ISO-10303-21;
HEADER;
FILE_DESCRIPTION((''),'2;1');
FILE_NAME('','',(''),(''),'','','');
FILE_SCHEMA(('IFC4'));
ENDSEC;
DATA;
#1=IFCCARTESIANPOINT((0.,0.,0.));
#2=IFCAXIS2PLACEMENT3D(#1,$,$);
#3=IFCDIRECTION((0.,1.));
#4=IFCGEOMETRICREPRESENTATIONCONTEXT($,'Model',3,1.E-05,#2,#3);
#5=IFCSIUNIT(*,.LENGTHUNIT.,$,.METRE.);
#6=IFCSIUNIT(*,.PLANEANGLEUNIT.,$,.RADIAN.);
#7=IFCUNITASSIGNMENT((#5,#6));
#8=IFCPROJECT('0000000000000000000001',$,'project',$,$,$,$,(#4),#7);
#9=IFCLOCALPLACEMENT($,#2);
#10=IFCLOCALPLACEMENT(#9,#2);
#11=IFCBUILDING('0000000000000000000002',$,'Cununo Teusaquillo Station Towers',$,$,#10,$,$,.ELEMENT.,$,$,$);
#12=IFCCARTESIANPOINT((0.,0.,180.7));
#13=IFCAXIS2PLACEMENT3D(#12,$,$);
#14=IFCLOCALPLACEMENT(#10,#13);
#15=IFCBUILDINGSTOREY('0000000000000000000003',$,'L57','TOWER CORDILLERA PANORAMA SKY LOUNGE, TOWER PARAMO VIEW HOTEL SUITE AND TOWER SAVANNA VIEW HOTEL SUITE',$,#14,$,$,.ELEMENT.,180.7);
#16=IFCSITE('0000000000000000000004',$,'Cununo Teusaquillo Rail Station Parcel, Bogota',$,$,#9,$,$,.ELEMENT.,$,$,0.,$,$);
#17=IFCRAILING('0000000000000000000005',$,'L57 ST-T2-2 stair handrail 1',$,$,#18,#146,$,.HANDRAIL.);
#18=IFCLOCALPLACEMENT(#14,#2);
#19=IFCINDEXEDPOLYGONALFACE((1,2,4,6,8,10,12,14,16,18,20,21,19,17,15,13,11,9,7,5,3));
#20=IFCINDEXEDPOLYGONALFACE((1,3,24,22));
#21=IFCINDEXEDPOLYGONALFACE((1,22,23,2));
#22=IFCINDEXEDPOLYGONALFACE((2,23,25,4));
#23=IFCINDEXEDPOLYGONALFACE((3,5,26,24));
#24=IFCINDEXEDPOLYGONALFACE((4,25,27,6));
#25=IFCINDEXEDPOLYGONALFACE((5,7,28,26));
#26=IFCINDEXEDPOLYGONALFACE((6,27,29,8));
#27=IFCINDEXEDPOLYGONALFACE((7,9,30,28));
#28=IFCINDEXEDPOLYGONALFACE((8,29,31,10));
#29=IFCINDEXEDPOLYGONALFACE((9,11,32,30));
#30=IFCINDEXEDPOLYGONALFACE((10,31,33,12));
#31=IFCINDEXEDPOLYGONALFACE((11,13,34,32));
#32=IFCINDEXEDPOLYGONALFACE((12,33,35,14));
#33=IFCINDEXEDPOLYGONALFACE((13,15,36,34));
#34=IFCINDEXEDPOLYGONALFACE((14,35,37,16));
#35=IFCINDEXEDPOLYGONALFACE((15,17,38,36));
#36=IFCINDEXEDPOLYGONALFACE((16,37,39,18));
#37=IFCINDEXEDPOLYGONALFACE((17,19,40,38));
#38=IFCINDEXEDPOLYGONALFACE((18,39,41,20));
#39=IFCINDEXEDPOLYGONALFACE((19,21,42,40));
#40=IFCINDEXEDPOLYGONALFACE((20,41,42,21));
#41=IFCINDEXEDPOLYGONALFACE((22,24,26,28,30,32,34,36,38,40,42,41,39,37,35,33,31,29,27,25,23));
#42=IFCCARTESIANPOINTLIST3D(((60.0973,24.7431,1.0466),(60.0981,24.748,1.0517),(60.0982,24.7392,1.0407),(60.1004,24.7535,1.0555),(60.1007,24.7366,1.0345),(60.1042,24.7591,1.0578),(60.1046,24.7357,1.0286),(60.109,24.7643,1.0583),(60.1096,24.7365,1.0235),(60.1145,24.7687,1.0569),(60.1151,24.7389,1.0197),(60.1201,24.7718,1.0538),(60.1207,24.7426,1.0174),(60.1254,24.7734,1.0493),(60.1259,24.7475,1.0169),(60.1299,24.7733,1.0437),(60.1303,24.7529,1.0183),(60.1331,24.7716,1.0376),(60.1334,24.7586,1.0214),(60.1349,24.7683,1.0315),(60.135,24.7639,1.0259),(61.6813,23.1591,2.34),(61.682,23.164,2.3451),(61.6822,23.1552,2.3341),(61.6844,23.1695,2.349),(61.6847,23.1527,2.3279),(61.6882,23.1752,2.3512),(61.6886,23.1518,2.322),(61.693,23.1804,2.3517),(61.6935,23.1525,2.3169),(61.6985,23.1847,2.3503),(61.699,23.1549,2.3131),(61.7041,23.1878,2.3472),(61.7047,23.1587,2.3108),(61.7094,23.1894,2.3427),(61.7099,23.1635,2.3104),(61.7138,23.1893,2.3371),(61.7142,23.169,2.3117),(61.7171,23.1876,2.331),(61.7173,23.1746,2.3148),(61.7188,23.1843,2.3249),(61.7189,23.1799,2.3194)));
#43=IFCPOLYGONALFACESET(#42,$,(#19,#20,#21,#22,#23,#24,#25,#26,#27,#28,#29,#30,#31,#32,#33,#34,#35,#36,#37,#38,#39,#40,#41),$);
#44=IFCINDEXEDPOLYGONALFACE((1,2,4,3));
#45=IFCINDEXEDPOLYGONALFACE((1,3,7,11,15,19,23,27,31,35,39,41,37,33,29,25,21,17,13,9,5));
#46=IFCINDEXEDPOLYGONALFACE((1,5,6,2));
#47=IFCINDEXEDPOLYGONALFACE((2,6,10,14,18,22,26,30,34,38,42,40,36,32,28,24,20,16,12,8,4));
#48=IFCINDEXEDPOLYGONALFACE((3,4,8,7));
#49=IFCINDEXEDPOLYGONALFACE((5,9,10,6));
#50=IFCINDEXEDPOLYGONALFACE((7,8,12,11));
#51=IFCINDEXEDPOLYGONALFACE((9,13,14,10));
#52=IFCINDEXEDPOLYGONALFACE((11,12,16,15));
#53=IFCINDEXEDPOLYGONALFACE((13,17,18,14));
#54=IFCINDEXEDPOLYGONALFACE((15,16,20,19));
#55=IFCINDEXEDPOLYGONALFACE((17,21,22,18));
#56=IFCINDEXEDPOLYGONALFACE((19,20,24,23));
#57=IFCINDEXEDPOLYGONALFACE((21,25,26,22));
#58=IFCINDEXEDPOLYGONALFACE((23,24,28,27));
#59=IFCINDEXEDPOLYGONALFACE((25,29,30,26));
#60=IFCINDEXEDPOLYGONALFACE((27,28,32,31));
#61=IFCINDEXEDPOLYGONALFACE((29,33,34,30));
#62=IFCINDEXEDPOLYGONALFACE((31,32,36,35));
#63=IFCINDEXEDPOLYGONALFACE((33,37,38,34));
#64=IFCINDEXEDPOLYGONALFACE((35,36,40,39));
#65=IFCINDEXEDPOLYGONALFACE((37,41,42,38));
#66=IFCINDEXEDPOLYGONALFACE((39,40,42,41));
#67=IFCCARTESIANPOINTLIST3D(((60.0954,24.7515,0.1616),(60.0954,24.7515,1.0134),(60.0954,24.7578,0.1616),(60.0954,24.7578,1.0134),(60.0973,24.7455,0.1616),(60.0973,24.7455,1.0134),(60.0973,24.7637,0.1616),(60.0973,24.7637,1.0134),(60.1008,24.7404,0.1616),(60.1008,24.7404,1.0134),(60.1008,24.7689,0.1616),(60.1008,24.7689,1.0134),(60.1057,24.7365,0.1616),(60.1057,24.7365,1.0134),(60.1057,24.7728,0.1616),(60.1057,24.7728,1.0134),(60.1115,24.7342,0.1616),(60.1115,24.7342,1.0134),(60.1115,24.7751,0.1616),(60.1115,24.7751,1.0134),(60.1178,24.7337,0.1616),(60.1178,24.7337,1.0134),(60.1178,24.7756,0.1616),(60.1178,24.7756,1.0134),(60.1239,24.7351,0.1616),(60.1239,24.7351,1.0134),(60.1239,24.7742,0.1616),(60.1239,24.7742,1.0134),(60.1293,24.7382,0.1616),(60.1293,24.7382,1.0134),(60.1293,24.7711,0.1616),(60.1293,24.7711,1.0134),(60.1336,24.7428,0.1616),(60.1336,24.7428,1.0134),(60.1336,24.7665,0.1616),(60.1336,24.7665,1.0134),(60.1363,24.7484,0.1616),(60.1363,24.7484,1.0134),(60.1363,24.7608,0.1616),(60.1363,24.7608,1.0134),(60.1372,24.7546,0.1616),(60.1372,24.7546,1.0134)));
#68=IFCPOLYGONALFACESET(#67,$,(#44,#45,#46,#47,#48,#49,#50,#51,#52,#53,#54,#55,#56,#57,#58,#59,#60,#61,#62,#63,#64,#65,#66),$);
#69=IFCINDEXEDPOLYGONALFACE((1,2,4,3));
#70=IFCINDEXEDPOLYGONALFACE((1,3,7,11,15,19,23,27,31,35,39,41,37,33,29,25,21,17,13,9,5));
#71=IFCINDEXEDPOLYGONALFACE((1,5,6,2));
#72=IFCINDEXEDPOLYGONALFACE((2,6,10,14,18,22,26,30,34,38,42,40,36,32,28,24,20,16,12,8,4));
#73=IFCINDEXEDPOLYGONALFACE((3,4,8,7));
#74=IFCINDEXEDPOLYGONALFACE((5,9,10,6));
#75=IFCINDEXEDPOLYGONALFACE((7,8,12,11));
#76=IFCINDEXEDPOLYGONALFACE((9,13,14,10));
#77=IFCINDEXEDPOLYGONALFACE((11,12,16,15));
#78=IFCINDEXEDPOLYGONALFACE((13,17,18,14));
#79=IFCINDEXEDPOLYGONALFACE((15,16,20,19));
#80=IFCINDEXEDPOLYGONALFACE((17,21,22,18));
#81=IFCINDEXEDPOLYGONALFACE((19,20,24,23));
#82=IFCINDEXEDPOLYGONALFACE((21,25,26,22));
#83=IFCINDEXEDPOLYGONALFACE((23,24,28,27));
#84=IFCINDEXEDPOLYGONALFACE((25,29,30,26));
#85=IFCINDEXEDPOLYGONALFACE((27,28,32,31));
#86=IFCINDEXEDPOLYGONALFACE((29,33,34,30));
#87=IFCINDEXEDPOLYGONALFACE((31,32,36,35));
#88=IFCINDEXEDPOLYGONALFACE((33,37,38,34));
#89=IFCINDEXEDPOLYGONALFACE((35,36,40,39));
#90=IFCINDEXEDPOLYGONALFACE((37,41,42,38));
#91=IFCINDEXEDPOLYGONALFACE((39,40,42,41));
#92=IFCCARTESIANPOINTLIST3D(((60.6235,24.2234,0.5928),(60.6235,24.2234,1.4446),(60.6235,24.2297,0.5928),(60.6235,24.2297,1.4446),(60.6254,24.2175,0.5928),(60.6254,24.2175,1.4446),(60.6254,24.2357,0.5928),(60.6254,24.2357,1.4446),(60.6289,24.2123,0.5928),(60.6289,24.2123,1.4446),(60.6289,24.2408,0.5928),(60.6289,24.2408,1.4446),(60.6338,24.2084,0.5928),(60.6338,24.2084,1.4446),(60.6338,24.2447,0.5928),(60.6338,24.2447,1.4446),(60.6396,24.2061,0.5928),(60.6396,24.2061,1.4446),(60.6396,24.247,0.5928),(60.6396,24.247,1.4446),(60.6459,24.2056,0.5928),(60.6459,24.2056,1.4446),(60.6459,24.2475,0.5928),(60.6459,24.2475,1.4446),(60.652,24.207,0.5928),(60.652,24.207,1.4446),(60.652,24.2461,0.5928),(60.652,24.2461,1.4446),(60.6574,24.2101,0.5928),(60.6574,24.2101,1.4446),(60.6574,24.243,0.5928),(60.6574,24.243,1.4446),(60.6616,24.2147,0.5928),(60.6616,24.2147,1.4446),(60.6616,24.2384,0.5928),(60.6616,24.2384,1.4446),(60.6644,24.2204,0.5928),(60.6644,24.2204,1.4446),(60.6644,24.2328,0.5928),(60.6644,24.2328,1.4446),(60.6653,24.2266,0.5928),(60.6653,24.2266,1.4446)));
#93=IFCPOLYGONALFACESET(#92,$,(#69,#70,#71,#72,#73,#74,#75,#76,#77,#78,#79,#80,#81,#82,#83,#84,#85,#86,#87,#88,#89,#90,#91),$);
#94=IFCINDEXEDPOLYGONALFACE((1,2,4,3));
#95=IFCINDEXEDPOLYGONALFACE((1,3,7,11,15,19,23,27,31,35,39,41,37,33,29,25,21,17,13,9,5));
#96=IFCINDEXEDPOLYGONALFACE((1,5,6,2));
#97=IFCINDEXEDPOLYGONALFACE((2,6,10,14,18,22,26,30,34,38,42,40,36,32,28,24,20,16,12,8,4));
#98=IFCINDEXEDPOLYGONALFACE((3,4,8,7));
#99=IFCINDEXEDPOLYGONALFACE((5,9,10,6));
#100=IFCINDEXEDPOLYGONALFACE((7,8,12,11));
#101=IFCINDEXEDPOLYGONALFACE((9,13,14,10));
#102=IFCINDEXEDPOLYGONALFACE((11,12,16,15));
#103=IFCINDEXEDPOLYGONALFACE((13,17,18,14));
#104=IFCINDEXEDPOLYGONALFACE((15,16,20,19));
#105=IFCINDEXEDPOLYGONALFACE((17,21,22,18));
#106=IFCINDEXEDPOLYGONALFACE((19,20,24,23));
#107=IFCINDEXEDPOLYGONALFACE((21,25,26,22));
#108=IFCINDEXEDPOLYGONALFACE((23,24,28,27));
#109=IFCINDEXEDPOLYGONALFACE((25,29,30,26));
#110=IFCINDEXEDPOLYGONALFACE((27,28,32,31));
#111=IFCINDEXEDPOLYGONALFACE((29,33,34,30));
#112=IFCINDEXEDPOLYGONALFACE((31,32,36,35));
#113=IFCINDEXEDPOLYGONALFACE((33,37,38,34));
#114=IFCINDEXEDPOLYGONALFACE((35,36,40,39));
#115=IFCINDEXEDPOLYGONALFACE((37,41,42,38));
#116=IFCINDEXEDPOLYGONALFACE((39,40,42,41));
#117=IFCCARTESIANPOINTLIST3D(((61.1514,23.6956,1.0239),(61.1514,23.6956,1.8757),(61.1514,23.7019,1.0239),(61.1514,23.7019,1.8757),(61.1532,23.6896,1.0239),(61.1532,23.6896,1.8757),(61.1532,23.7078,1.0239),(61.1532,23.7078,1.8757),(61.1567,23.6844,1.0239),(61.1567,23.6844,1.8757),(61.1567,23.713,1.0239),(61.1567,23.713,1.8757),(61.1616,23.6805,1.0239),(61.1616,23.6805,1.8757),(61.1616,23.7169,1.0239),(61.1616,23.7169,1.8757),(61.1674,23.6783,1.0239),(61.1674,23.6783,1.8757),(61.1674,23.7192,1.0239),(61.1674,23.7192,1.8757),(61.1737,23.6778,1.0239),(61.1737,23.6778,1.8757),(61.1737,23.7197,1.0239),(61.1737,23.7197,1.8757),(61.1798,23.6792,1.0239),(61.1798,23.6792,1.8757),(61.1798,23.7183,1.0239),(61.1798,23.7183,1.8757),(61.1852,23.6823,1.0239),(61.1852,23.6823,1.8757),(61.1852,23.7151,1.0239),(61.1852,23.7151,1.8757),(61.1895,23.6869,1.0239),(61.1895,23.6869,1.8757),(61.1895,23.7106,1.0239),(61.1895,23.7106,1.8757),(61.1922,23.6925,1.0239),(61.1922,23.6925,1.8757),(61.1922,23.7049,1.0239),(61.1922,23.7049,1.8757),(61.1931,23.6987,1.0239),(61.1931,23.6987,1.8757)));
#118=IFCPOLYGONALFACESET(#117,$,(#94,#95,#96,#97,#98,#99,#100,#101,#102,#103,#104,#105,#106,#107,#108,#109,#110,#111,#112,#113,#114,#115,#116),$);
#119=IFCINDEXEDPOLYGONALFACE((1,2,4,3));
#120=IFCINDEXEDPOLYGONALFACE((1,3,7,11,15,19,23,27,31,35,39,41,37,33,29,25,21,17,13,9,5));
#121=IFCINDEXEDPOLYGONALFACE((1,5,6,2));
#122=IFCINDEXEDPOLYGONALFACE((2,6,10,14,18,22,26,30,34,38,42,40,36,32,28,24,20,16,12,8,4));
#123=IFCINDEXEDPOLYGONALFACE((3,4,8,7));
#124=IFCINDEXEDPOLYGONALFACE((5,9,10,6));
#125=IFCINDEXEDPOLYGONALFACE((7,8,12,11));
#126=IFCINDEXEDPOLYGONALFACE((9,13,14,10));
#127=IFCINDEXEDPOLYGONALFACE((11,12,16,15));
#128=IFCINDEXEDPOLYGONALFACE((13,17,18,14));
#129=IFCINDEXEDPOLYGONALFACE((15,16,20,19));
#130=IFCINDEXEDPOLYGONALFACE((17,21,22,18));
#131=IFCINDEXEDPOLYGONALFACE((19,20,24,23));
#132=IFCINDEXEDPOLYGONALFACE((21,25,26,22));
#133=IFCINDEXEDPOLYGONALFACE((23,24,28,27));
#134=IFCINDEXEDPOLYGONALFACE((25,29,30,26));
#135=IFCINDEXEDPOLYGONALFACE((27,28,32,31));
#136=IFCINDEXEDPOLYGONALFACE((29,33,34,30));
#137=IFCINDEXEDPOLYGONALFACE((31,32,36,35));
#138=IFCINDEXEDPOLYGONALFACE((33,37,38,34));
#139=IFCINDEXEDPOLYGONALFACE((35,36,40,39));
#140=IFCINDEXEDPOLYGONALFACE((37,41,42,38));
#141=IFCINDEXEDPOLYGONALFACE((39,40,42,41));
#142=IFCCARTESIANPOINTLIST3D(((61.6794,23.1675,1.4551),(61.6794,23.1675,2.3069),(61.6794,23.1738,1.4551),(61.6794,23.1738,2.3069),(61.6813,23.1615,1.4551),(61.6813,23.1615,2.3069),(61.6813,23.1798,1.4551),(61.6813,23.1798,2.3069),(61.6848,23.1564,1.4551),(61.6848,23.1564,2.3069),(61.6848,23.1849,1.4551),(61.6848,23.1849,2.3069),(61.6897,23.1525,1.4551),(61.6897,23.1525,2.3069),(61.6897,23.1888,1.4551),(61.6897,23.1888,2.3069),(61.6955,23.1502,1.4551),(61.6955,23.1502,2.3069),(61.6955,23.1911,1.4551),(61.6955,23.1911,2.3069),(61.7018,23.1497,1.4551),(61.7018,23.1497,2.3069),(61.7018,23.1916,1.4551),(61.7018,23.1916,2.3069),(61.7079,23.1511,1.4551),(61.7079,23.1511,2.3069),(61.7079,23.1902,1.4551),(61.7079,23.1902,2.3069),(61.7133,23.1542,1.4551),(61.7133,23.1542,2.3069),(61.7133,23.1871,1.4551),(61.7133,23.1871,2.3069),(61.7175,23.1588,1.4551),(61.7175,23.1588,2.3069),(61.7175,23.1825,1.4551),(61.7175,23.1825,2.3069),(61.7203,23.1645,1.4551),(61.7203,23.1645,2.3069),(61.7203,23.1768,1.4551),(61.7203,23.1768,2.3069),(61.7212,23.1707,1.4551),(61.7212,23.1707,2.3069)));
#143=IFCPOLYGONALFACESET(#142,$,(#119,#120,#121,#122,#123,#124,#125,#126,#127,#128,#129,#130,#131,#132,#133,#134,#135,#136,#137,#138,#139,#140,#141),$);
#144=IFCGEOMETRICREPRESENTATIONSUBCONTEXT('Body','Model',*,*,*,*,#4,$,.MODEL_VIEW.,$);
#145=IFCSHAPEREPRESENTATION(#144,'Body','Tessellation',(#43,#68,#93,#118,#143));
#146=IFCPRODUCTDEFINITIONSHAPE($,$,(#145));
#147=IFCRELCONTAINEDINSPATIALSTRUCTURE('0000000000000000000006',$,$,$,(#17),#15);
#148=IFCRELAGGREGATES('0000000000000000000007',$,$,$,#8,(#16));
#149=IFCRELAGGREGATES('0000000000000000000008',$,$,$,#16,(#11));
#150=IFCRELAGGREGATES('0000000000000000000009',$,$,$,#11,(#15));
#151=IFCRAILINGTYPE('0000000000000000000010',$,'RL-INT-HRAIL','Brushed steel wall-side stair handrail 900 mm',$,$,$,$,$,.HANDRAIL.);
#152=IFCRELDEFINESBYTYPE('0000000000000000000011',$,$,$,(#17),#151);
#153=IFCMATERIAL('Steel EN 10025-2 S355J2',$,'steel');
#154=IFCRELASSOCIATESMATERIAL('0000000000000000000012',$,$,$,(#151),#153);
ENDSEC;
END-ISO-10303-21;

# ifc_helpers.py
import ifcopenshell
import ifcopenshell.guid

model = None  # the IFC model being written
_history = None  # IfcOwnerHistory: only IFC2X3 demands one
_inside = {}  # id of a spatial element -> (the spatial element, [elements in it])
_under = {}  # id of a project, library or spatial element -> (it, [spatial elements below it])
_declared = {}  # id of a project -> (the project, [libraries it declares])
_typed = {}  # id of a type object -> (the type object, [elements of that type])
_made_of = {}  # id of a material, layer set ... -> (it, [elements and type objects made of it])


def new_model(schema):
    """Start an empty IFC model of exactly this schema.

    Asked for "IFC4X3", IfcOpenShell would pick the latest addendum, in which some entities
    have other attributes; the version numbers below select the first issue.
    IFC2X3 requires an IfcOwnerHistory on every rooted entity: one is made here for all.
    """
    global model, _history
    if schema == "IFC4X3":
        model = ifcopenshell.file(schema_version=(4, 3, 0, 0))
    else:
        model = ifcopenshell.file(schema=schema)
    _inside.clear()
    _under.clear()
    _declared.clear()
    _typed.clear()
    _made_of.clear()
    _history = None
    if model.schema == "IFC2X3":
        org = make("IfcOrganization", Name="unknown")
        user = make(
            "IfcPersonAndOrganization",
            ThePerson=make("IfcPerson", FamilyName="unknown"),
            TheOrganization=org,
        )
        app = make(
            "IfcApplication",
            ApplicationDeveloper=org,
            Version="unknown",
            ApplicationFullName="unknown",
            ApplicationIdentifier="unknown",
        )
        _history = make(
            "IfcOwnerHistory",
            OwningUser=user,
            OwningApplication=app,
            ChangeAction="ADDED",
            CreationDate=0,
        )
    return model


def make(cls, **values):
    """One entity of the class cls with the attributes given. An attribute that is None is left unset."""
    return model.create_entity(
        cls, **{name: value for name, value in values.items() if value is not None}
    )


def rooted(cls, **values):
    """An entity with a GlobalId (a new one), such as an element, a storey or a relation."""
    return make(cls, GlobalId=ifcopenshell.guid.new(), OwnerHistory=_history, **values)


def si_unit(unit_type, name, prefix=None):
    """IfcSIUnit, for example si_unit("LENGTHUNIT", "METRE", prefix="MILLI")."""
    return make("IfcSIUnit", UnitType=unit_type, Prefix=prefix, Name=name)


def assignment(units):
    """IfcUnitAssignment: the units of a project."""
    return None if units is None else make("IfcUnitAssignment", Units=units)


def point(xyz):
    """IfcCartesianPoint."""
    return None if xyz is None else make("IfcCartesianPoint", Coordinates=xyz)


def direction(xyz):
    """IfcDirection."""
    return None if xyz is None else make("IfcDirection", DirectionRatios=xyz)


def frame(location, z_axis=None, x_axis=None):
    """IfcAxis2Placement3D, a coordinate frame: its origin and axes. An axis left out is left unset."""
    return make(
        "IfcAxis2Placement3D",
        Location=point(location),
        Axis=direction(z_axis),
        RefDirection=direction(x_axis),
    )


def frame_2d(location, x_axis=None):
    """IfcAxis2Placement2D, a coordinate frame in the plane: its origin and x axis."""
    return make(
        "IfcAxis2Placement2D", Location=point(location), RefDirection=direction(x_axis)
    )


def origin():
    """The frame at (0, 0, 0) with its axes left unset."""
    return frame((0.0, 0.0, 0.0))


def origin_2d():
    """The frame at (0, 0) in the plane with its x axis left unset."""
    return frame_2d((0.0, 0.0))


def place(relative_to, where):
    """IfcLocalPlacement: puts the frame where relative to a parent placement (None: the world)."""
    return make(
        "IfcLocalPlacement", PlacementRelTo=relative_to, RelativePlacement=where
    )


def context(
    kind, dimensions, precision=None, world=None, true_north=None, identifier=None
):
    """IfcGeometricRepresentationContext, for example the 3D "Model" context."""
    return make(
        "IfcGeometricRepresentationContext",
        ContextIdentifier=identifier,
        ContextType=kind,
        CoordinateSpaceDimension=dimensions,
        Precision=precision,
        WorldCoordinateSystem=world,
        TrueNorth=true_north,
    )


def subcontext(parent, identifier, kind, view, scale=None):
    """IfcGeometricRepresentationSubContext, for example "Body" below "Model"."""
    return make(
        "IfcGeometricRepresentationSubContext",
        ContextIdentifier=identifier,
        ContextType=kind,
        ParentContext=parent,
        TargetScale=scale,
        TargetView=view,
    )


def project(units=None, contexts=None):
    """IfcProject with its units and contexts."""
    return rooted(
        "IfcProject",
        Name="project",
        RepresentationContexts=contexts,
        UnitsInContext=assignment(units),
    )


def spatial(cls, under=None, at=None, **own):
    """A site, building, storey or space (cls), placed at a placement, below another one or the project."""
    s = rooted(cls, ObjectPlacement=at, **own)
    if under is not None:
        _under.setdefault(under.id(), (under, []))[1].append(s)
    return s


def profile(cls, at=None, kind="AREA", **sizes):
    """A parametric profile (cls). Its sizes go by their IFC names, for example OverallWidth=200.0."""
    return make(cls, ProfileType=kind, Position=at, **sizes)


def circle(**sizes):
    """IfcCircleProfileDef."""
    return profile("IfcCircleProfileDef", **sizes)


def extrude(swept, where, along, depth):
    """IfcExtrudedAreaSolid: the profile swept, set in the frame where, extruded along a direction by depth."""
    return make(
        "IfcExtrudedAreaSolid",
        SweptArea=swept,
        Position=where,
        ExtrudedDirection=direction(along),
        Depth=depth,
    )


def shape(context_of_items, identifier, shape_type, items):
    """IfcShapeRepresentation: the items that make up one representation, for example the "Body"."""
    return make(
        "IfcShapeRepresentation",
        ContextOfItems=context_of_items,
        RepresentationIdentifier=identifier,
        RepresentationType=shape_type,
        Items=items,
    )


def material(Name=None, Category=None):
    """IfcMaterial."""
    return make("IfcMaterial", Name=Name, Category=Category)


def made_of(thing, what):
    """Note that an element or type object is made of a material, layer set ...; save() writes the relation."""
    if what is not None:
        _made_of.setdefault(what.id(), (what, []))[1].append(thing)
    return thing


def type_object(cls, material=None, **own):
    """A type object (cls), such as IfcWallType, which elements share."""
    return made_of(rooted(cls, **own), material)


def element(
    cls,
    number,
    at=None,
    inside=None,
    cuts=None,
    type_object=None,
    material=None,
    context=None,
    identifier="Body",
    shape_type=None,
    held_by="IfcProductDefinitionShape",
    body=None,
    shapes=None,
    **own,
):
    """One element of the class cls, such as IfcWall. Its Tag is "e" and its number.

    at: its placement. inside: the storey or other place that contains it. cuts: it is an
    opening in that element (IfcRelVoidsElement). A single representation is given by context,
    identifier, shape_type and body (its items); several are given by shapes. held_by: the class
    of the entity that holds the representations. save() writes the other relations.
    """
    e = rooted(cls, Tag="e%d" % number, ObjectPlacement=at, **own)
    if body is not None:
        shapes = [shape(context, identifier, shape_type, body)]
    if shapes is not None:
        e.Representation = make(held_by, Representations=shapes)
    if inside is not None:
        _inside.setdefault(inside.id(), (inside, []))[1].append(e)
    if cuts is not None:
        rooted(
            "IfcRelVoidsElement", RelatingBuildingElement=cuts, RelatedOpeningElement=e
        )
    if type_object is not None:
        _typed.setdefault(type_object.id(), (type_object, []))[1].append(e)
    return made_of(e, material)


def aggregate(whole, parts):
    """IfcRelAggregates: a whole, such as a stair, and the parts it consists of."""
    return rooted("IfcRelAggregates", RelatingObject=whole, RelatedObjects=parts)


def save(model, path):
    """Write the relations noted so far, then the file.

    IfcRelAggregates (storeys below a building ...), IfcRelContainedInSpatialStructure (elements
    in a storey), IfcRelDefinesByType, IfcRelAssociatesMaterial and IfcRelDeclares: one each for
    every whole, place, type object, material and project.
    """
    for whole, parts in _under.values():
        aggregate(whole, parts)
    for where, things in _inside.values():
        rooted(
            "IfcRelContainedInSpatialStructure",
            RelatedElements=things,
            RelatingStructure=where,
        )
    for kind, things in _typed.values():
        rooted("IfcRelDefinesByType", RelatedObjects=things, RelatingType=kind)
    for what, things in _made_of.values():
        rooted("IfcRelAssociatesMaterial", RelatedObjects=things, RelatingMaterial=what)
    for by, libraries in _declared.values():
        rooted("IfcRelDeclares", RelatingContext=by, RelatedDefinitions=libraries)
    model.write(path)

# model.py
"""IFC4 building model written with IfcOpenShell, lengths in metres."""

from ifc_helpers import new_model, si_unit, direction, frame, origin, origin_2d, place, context, subcontext, project, spatial, circle, extrude, material, type_object, element, save


model = new_model("IFC4")

# Units and contexts
model_context = context("Model", 3, precision=1e-05, world=origin(), true_north=direction((0.0, 1.0)))
body_context = subcontext(model_context, "Body", "Model", "MODEL_VIEW")
ifc_project = project(units=[si_unit("LENGTHUNIT", "METRE"), si_unit("PLANEANGLEUNIT", "RADIAN")], contexts=[model_context])

# Site, building, storey
site_placement = place(None, origin())
site = spatial("IfcSite", under=ifc_project, at=site_placement, Name="Cununo Teusaquillo Rail Station Parcel, Bogota", CompositionType="ELEMENT", RefElevation=0.0)
building_placement = place(site_placement, origin())
building = spatial("IfcBuilding", under=site, at=building_placement, Name="Cununo Teusaquillo Station Towers", CompositionType="ELEMENT")
storey_placement = place(building_placement, frame((0.0, 0.0, 180.7)))
storey = spatial("IfcBuildingStorey", under=building, at=storey_placement, Name="L57", Description="TOWER CORDILLERA PANORAMA SKY LOUNGE, TOWER PARAMO VIEW HOTEL SUITE AND TOWER SAVANNA VIEW HOTEL SUITE", CompositionType="ELEMENT", Elevation=180.7)

# Railing
ifc_material_1 = material(Name="Steel EN 10025-2 S355J2", Category="steel")
railing_type_1 = type_object("IfcRailingType", Name="RL-INT-HRAIL", Description="Brushed steel wall-side stair handrail 900 mm", PredefinedType="HANDRAIL", material=ifc_material_1)
railing_1_placement = place(storey_placement, frame((60.1162, 24.7546, 0.1616)))
element("IfcRailing", 1, at=railing_1_placement, inside=storey, type_object=railing_type_1, Name="L57 ST-T2-2 stair handrail 1", PredefinedType="HANDRAIL", context=body_context, shape_type="SweptSolid", body=[
    extrude(circle(Radius=0.0239, at=origin_2d()), frame((0.0, 0.0, 0.876), z_axis=(0.612356, -0.612356, 0.50004), x_axis=(0.707107, 0.707107, 0.0)), (0.0, 0.0, 1.0), 2.5867),
    extrude(circle(Radius=0.021, at=origin_2d()), origin(), (0.0, 0.0, 1.0), 0.8518),
    extrude(circle(Radius=0.021, at=origin_2d()), frame((0.5281, -0.5281, 0.4312)), (0.0, 0.0, 1.0), 0.8518),
    extrude(circle(Radius=0.021, at=origin_2d()), frame((1.0559, -1.0559, 0.8623)), (0.0, 0.0, 1.0), 0.8518),
    extrude(circle(Radius=0.021, at=origin_2d()), frame((1.584, -1.584, 1.2935)), (0.0, 0.0, 1.0), 0.8518),
])

save(model, "model.ifc")
